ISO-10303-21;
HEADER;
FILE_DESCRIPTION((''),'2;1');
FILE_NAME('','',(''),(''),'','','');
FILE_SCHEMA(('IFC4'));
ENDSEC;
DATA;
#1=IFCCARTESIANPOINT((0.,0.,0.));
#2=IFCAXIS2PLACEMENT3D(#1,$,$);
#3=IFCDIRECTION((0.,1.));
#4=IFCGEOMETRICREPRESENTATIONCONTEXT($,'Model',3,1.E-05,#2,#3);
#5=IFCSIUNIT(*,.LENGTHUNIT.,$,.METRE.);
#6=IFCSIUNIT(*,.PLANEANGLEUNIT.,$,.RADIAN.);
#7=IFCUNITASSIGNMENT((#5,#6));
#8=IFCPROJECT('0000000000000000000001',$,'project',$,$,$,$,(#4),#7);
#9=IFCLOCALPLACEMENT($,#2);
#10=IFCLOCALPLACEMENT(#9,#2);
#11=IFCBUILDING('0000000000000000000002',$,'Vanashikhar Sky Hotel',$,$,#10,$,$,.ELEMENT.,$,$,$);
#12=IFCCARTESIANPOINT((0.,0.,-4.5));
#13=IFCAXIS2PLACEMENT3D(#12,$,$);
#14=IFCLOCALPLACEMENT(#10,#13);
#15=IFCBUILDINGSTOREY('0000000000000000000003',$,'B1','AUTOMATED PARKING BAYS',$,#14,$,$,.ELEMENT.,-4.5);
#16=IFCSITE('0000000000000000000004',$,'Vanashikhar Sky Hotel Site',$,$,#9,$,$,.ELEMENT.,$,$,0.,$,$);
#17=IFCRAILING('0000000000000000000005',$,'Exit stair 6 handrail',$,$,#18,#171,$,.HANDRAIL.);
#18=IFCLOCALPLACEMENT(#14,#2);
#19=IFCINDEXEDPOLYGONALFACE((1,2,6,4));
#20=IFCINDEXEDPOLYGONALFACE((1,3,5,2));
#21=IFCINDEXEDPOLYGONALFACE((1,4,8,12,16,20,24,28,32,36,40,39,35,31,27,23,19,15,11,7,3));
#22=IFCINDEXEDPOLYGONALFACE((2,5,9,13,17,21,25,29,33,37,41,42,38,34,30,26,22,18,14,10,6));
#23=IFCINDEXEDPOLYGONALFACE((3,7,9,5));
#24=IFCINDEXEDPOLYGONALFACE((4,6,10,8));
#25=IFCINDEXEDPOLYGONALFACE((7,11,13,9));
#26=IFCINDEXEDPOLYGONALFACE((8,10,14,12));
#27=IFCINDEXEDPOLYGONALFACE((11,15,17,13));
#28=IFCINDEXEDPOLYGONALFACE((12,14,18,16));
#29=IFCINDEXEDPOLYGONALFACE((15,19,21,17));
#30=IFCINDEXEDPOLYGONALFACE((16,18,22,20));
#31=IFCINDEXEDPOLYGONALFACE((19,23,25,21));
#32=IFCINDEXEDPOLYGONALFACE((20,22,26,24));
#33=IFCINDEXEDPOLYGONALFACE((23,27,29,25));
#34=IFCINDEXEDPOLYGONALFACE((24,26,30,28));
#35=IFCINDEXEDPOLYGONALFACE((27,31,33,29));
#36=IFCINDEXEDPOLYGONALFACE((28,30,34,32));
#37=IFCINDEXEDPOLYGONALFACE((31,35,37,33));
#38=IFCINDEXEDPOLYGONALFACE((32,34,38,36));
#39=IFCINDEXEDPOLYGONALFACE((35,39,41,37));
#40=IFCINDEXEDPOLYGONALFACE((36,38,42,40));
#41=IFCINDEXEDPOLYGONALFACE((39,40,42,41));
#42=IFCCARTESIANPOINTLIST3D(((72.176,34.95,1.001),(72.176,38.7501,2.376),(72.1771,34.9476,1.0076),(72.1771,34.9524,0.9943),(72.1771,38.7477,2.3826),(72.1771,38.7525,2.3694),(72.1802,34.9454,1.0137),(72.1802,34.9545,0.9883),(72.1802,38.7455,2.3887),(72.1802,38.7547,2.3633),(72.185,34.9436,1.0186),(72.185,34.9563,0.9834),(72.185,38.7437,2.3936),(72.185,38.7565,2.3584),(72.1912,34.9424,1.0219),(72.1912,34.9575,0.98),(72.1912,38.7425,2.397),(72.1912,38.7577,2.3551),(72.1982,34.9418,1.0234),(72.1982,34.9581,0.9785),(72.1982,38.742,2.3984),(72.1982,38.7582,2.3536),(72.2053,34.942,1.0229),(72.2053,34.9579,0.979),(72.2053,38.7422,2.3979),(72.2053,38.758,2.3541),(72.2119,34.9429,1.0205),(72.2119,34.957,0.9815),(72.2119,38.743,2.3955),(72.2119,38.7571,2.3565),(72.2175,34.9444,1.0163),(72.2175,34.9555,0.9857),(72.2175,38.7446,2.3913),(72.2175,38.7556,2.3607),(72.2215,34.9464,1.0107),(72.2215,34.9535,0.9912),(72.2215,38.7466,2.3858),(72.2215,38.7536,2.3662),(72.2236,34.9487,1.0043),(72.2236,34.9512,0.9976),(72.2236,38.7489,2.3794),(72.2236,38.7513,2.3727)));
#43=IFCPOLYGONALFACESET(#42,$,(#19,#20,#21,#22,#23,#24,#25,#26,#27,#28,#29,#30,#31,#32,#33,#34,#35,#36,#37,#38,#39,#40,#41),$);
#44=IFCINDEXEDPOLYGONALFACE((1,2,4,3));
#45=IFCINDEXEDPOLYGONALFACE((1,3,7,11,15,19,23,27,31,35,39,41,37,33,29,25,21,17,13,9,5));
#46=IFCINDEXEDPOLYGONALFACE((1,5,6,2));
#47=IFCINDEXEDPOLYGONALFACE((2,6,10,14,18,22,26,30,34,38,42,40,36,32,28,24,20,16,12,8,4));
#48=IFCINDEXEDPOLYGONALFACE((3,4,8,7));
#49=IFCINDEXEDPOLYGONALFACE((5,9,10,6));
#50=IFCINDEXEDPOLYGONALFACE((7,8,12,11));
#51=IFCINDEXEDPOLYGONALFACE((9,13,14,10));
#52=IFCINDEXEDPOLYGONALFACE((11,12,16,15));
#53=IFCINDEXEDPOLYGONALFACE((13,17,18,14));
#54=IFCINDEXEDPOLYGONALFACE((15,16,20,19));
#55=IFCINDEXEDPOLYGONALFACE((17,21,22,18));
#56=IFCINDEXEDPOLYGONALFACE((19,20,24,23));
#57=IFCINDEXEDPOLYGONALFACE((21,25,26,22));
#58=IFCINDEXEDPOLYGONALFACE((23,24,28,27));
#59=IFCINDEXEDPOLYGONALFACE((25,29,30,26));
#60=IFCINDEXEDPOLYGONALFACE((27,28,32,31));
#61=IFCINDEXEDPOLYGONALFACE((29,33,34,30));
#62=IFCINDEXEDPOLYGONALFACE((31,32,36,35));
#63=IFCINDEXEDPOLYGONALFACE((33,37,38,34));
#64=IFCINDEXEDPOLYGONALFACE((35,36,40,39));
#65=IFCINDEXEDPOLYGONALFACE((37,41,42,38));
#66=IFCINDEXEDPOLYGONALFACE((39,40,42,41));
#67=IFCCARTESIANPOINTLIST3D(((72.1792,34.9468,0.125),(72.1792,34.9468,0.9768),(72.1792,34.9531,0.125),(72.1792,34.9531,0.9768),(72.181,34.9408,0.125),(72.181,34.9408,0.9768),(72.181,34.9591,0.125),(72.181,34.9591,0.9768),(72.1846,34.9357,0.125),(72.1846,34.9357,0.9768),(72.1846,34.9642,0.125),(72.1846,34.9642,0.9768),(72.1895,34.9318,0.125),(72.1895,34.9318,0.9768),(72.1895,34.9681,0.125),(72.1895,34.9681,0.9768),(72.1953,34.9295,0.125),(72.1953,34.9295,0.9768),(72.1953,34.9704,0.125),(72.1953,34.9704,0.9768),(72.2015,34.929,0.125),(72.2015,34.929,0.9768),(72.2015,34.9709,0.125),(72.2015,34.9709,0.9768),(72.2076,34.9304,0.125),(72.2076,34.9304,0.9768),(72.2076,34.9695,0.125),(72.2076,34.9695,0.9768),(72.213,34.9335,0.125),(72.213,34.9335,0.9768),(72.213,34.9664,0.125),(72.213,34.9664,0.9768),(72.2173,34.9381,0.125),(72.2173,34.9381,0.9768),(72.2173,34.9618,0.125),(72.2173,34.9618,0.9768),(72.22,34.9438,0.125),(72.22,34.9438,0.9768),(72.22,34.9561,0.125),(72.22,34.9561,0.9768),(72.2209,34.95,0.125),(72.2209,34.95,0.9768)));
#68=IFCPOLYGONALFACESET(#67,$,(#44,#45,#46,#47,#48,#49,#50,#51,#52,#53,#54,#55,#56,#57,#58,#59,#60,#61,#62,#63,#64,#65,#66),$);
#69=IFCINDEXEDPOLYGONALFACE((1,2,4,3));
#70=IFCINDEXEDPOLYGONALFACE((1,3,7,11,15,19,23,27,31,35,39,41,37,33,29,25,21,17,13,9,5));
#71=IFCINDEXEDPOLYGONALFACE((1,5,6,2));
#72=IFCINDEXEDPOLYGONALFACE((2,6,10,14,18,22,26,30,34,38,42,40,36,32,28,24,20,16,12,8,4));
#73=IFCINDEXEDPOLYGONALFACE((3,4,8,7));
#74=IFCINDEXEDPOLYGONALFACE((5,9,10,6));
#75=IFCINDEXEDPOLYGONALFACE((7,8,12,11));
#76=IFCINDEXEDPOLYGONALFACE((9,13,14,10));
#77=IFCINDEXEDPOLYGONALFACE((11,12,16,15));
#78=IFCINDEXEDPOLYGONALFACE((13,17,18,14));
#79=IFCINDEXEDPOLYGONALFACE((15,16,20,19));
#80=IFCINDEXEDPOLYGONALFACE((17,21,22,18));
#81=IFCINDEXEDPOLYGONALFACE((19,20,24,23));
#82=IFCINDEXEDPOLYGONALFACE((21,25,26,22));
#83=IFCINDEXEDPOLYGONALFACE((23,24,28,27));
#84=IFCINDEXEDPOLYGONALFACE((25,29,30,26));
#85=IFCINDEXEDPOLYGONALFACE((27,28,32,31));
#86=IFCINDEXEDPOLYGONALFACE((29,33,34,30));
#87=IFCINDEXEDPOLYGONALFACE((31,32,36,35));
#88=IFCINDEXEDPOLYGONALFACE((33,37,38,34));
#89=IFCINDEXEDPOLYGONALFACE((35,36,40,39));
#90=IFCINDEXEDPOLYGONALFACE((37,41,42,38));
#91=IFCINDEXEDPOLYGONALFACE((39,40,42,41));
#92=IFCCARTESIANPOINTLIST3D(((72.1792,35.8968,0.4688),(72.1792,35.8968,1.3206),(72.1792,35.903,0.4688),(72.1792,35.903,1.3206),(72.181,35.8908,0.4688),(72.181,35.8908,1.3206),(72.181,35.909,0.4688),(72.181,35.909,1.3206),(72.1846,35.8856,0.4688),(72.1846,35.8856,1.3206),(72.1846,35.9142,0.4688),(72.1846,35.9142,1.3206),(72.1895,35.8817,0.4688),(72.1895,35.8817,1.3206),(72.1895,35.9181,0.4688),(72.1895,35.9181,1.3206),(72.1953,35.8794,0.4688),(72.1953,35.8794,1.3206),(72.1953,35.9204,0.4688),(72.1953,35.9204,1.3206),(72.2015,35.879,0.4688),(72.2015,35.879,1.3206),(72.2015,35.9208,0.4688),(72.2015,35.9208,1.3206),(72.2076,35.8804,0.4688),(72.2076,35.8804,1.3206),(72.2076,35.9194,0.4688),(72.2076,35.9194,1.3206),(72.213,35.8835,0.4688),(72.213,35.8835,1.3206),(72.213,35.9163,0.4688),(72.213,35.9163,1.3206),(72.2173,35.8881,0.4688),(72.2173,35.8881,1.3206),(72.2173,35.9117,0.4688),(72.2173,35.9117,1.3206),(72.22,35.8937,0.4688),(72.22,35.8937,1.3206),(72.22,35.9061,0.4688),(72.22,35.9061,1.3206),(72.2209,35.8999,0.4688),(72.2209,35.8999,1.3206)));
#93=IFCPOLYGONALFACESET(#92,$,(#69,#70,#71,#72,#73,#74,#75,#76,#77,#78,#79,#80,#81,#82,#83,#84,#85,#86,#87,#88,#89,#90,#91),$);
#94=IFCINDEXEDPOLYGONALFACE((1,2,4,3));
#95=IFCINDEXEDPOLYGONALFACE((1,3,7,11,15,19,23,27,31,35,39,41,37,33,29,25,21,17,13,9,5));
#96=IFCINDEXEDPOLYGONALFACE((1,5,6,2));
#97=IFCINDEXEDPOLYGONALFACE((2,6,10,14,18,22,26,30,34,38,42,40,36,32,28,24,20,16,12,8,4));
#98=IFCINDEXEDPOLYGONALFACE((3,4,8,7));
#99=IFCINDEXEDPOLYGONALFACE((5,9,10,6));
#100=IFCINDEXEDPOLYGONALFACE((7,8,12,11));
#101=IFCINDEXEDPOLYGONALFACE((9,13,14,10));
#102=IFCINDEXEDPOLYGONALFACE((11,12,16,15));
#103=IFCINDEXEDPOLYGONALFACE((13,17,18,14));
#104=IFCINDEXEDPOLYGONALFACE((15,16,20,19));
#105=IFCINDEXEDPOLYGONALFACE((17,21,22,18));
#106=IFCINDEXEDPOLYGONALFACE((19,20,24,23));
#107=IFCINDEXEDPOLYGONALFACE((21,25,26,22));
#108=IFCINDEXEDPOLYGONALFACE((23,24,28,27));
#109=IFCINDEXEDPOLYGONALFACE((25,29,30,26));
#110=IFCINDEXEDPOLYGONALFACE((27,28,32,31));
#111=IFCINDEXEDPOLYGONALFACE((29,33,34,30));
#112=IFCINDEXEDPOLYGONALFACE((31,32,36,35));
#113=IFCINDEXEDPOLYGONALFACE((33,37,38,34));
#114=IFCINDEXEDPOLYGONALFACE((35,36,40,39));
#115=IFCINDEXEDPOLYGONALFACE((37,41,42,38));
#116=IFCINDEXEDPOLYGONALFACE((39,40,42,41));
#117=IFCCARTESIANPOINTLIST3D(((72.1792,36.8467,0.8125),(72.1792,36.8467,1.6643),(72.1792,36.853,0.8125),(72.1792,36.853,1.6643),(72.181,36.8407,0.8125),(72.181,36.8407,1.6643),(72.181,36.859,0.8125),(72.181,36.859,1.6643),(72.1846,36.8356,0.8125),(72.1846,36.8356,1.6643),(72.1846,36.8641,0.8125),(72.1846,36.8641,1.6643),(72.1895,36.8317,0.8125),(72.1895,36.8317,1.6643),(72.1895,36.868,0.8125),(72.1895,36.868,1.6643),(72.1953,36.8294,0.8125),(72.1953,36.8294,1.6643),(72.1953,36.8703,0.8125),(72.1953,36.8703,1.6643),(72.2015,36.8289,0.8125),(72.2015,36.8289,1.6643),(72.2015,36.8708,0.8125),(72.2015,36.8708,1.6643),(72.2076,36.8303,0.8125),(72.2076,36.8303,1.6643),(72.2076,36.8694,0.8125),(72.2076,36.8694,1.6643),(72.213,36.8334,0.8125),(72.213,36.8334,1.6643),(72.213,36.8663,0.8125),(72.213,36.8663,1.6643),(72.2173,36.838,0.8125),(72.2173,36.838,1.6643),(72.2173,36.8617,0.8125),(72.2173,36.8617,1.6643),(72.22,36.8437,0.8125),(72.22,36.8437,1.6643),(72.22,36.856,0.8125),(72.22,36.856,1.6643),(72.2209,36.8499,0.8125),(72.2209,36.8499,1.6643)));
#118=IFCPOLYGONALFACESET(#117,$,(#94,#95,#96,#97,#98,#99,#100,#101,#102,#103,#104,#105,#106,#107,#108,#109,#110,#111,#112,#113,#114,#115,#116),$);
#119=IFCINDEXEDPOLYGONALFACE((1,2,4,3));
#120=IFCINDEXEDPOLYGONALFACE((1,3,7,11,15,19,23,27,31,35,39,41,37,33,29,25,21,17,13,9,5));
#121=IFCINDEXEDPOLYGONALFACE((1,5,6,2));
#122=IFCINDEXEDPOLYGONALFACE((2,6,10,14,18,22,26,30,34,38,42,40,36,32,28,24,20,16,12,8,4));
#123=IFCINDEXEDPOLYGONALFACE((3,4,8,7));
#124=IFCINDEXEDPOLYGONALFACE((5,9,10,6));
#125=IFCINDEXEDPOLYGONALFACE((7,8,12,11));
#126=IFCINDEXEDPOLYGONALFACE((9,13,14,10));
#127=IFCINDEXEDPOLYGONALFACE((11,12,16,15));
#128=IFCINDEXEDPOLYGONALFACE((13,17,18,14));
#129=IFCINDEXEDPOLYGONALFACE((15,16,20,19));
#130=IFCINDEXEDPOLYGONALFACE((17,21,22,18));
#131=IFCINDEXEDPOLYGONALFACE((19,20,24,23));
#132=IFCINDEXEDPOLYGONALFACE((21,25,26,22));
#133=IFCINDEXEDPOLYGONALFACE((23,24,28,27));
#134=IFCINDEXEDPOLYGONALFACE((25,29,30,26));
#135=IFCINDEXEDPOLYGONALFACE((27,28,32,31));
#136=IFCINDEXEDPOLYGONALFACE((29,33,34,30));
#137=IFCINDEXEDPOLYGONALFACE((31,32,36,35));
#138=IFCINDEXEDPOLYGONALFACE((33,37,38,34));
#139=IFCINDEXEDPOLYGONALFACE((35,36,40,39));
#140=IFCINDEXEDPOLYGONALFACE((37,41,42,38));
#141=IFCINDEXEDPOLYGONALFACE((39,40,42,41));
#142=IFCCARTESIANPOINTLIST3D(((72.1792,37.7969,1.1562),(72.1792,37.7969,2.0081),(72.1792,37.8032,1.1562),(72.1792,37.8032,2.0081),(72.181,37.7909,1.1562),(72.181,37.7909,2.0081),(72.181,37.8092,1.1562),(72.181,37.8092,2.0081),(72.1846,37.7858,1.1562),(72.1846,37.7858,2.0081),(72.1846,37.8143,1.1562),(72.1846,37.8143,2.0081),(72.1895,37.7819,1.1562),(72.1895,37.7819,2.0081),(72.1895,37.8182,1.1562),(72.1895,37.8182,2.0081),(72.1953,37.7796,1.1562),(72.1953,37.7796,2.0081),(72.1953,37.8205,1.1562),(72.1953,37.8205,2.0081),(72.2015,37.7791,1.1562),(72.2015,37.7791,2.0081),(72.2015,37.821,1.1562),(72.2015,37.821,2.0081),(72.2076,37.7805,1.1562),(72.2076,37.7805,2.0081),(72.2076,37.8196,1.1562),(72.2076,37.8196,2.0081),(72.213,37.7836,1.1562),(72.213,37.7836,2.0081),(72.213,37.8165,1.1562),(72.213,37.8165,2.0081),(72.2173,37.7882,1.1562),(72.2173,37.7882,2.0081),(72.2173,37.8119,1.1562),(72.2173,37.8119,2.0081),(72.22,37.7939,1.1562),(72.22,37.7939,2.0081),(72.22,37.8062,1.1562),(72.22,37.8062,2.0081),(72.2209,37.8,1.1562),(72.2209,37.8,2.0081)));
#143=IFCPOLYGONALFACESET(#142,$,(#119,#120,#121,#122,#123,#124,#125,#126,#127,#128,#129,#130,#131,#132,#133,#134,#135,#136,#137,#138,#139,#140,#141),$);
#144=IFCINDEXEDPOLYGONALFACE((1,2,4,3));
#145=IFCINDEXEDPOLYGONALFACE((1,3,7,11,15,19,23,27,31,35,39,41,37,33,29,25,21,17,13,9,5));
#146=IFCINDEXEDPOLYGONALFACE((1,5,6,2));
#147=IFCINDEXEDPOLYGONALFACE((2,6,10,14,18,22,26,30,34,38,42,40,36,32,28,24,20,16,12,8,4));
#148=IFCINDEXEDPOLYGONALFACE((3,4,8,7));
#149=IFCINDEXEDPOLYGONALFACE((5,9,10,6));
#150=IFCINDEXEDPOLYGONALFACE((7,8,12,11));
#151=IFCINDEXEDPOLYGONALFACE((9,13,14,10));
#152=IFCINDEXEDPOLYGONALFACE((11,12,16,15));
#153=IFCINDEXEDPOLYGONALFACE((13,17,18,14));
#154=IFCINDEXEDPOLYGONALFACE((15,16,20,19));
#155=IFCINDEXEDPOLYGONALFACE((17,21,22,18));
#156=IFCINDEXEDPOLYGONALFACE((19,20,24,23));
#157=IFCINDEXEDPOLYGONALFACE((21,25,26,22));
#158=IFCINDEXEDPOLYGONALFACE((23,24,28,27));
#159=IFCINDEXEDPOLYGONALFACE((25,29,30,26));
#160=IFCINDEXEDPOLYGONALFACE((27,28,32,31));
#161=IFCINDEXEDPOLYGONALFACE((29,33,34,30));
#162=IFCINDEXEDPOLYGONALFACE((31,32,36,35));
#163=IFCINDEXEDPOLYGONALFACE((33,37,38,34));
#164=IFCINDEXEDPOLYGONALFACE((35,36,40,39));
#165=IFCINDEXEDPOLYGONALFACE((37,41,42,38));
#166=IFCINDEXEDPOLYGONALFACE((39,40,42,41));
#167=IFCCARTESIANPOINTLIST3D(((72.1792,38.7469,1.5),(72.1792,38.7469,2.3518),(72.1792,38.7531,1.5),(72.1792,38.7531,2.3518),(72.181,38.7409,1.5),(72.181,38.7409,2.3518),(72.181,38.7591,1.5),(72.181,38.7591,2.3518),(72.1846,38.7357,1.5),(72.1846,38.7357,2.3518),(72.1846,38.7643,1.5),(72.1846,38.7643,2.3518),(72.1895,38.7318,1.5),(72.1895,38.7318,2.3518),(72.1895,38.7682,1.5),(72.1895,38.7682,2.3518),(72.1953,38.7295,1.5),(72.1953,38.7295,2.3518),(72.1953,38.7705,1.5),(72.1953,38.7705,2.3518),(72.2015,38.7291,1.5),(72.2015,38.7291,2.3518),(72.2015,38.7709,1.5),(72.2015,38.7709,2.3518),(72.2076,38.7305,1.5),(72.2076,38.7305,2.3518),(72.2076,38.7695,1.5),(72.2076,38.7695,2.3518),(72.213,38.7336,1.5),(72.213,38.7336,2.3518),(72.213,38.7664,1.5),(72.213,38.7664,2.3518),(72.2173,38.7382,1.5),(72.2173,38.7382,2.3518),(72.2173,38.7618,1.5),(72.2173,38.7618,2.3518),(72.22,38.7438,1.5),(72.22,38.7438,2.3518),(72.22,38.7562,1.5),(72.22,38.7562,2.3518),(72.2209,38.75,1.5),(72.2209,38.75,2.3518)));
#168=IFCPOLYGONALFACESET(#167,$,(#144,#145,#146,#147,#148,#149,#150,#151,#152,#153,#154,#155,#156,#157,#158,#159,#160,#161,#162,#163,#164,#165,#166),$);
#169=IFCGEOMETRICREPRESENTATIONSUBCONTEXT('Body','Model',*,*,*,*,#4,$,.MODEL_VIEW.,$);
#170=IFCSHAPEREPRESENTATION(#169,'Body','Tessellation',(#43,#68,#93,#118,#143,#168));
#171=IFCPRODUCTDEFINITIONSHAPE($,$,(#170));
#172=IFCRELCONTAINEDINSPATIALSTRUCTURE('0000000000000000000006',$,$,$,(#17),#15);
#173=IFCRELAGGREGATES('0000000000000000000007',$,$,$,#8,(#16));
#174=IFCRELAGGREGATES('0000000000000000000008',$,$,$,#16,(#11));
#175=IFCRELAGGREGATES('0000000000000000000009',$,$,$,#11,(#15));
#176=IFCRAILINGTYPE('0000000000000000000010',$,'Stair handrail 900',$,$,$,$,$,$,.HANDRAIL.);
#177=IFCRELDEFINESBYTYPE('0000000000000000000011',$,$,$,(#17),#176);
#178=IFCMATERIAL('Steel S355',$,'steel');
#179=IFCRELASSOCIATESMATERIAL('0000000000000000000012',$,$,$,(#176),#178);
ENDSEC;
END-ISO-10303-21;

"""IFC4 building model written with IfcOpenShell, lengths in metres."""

from ifc_helpers import new_model, si_unit, direction, frame, origin, origin_2d, place, context, subcontext, project, spatial, circle, extrude, source, transform, mapped, material, type_object, element, save


model = new_model("IFC4")

# Units and contexts
model_context = context("Model", 3, precision=1e-05, world=origin(), true_north=direction((0.0, 1.0)))
body_context = subcontext(model_context, "Body", "Model", "MODEL_VIEW")
ifc_project = project(units=[si_unit("LENGTHUNIT", "METRE"), si_unit("PLANEANGLEUNIT", "RADIAN")], contexts=[model_context])

# Site, building, storey
site_placement = place(None, origin())
site = spatial("IfcSite", under=ifc_project, at=site_placement, Name="Vanashikhar Sky Hotel Site", CompositionType="ELEMENT", RefElevation=0.0)
building_placement = place(site_placement, origin())
building = spatial("IfcBuilding", under=site, at=building_placement, Name="Vanashikhar Sky Hotel", CompositionType="ELEMENT")
storey_placement = place(building_placement, frame((0.0, 0.0, -4.5)))
storey = spatial("IfcBuildingStorey", under=building, at=storey_placement, Name="B1", Description="AUTOMATED PARKING BAYS", CompositionType="ELEMENT", Elevation=-4.5)

# Railing
ifc_material_1 = material(Name="Steel S355", Category="steel")
railing_type_1 = type_object("IfcRailingType", Name="Stair handrail 900", PredefinedType="HANDRAIL", material=ifc_material_1)
shared_shape_1 = source(origin(), body_context, "Body", "SweptSolid", [
    extrude(circle(Radius=0.0239, at=origin_2d()), frame((0.0, 0.0, 0.876), z_axis=(0.0, 0.940336, 0.340249), x_axis=(-1.0, 0.0, 0.0)), (0.0, 0.0, 1.0), 4.0413),
    extrude(circle(Radius=0.021, at=origin_2d()), origin(), (0.0, 0.0, 1.0), 0.8518),
    extrude(circle(Radius=0.021, at=origin_2d()), frame((0.0, 0.95, 0.3438)), (0.0, 0.0, 1.0), 0.8518),
    extrude(circle(Radius=0.021, at=origin_2d()), frame((0.0, 1.8999, 0.6875)), (0.0, 0.0, 1.0), 0.8518),
    extrude(circle(Radius=0.021, at=origin_2d()), frame((0.0, 2.8501, 1.0312)), (0.0, 0.0, 1.0), 0.8518),
    extrude(circle(Radius=0.021, at=origin_2d()), frame((0.0, 3.8, 1.375)), (0.0, 0.0, 1.0), 0.8518),
])
for number, where, name in (
    (1, (72.2, 34.95, 0.125), "Exit stair 6 handrail"),
):
    element("IfcRailing", number, at=place(storey_placement, frame(where)), inside=storey, type_object=railing_type_1, Name=name, PredefinedType="HANDRAIL", context=body_context, shape_type="MappedRepresentation", body=[
        mapped(shared_shape_1, transform((0.0, 0.0, 0.0), scale=1.0)),
    ])

save(model, "model.ifc")
